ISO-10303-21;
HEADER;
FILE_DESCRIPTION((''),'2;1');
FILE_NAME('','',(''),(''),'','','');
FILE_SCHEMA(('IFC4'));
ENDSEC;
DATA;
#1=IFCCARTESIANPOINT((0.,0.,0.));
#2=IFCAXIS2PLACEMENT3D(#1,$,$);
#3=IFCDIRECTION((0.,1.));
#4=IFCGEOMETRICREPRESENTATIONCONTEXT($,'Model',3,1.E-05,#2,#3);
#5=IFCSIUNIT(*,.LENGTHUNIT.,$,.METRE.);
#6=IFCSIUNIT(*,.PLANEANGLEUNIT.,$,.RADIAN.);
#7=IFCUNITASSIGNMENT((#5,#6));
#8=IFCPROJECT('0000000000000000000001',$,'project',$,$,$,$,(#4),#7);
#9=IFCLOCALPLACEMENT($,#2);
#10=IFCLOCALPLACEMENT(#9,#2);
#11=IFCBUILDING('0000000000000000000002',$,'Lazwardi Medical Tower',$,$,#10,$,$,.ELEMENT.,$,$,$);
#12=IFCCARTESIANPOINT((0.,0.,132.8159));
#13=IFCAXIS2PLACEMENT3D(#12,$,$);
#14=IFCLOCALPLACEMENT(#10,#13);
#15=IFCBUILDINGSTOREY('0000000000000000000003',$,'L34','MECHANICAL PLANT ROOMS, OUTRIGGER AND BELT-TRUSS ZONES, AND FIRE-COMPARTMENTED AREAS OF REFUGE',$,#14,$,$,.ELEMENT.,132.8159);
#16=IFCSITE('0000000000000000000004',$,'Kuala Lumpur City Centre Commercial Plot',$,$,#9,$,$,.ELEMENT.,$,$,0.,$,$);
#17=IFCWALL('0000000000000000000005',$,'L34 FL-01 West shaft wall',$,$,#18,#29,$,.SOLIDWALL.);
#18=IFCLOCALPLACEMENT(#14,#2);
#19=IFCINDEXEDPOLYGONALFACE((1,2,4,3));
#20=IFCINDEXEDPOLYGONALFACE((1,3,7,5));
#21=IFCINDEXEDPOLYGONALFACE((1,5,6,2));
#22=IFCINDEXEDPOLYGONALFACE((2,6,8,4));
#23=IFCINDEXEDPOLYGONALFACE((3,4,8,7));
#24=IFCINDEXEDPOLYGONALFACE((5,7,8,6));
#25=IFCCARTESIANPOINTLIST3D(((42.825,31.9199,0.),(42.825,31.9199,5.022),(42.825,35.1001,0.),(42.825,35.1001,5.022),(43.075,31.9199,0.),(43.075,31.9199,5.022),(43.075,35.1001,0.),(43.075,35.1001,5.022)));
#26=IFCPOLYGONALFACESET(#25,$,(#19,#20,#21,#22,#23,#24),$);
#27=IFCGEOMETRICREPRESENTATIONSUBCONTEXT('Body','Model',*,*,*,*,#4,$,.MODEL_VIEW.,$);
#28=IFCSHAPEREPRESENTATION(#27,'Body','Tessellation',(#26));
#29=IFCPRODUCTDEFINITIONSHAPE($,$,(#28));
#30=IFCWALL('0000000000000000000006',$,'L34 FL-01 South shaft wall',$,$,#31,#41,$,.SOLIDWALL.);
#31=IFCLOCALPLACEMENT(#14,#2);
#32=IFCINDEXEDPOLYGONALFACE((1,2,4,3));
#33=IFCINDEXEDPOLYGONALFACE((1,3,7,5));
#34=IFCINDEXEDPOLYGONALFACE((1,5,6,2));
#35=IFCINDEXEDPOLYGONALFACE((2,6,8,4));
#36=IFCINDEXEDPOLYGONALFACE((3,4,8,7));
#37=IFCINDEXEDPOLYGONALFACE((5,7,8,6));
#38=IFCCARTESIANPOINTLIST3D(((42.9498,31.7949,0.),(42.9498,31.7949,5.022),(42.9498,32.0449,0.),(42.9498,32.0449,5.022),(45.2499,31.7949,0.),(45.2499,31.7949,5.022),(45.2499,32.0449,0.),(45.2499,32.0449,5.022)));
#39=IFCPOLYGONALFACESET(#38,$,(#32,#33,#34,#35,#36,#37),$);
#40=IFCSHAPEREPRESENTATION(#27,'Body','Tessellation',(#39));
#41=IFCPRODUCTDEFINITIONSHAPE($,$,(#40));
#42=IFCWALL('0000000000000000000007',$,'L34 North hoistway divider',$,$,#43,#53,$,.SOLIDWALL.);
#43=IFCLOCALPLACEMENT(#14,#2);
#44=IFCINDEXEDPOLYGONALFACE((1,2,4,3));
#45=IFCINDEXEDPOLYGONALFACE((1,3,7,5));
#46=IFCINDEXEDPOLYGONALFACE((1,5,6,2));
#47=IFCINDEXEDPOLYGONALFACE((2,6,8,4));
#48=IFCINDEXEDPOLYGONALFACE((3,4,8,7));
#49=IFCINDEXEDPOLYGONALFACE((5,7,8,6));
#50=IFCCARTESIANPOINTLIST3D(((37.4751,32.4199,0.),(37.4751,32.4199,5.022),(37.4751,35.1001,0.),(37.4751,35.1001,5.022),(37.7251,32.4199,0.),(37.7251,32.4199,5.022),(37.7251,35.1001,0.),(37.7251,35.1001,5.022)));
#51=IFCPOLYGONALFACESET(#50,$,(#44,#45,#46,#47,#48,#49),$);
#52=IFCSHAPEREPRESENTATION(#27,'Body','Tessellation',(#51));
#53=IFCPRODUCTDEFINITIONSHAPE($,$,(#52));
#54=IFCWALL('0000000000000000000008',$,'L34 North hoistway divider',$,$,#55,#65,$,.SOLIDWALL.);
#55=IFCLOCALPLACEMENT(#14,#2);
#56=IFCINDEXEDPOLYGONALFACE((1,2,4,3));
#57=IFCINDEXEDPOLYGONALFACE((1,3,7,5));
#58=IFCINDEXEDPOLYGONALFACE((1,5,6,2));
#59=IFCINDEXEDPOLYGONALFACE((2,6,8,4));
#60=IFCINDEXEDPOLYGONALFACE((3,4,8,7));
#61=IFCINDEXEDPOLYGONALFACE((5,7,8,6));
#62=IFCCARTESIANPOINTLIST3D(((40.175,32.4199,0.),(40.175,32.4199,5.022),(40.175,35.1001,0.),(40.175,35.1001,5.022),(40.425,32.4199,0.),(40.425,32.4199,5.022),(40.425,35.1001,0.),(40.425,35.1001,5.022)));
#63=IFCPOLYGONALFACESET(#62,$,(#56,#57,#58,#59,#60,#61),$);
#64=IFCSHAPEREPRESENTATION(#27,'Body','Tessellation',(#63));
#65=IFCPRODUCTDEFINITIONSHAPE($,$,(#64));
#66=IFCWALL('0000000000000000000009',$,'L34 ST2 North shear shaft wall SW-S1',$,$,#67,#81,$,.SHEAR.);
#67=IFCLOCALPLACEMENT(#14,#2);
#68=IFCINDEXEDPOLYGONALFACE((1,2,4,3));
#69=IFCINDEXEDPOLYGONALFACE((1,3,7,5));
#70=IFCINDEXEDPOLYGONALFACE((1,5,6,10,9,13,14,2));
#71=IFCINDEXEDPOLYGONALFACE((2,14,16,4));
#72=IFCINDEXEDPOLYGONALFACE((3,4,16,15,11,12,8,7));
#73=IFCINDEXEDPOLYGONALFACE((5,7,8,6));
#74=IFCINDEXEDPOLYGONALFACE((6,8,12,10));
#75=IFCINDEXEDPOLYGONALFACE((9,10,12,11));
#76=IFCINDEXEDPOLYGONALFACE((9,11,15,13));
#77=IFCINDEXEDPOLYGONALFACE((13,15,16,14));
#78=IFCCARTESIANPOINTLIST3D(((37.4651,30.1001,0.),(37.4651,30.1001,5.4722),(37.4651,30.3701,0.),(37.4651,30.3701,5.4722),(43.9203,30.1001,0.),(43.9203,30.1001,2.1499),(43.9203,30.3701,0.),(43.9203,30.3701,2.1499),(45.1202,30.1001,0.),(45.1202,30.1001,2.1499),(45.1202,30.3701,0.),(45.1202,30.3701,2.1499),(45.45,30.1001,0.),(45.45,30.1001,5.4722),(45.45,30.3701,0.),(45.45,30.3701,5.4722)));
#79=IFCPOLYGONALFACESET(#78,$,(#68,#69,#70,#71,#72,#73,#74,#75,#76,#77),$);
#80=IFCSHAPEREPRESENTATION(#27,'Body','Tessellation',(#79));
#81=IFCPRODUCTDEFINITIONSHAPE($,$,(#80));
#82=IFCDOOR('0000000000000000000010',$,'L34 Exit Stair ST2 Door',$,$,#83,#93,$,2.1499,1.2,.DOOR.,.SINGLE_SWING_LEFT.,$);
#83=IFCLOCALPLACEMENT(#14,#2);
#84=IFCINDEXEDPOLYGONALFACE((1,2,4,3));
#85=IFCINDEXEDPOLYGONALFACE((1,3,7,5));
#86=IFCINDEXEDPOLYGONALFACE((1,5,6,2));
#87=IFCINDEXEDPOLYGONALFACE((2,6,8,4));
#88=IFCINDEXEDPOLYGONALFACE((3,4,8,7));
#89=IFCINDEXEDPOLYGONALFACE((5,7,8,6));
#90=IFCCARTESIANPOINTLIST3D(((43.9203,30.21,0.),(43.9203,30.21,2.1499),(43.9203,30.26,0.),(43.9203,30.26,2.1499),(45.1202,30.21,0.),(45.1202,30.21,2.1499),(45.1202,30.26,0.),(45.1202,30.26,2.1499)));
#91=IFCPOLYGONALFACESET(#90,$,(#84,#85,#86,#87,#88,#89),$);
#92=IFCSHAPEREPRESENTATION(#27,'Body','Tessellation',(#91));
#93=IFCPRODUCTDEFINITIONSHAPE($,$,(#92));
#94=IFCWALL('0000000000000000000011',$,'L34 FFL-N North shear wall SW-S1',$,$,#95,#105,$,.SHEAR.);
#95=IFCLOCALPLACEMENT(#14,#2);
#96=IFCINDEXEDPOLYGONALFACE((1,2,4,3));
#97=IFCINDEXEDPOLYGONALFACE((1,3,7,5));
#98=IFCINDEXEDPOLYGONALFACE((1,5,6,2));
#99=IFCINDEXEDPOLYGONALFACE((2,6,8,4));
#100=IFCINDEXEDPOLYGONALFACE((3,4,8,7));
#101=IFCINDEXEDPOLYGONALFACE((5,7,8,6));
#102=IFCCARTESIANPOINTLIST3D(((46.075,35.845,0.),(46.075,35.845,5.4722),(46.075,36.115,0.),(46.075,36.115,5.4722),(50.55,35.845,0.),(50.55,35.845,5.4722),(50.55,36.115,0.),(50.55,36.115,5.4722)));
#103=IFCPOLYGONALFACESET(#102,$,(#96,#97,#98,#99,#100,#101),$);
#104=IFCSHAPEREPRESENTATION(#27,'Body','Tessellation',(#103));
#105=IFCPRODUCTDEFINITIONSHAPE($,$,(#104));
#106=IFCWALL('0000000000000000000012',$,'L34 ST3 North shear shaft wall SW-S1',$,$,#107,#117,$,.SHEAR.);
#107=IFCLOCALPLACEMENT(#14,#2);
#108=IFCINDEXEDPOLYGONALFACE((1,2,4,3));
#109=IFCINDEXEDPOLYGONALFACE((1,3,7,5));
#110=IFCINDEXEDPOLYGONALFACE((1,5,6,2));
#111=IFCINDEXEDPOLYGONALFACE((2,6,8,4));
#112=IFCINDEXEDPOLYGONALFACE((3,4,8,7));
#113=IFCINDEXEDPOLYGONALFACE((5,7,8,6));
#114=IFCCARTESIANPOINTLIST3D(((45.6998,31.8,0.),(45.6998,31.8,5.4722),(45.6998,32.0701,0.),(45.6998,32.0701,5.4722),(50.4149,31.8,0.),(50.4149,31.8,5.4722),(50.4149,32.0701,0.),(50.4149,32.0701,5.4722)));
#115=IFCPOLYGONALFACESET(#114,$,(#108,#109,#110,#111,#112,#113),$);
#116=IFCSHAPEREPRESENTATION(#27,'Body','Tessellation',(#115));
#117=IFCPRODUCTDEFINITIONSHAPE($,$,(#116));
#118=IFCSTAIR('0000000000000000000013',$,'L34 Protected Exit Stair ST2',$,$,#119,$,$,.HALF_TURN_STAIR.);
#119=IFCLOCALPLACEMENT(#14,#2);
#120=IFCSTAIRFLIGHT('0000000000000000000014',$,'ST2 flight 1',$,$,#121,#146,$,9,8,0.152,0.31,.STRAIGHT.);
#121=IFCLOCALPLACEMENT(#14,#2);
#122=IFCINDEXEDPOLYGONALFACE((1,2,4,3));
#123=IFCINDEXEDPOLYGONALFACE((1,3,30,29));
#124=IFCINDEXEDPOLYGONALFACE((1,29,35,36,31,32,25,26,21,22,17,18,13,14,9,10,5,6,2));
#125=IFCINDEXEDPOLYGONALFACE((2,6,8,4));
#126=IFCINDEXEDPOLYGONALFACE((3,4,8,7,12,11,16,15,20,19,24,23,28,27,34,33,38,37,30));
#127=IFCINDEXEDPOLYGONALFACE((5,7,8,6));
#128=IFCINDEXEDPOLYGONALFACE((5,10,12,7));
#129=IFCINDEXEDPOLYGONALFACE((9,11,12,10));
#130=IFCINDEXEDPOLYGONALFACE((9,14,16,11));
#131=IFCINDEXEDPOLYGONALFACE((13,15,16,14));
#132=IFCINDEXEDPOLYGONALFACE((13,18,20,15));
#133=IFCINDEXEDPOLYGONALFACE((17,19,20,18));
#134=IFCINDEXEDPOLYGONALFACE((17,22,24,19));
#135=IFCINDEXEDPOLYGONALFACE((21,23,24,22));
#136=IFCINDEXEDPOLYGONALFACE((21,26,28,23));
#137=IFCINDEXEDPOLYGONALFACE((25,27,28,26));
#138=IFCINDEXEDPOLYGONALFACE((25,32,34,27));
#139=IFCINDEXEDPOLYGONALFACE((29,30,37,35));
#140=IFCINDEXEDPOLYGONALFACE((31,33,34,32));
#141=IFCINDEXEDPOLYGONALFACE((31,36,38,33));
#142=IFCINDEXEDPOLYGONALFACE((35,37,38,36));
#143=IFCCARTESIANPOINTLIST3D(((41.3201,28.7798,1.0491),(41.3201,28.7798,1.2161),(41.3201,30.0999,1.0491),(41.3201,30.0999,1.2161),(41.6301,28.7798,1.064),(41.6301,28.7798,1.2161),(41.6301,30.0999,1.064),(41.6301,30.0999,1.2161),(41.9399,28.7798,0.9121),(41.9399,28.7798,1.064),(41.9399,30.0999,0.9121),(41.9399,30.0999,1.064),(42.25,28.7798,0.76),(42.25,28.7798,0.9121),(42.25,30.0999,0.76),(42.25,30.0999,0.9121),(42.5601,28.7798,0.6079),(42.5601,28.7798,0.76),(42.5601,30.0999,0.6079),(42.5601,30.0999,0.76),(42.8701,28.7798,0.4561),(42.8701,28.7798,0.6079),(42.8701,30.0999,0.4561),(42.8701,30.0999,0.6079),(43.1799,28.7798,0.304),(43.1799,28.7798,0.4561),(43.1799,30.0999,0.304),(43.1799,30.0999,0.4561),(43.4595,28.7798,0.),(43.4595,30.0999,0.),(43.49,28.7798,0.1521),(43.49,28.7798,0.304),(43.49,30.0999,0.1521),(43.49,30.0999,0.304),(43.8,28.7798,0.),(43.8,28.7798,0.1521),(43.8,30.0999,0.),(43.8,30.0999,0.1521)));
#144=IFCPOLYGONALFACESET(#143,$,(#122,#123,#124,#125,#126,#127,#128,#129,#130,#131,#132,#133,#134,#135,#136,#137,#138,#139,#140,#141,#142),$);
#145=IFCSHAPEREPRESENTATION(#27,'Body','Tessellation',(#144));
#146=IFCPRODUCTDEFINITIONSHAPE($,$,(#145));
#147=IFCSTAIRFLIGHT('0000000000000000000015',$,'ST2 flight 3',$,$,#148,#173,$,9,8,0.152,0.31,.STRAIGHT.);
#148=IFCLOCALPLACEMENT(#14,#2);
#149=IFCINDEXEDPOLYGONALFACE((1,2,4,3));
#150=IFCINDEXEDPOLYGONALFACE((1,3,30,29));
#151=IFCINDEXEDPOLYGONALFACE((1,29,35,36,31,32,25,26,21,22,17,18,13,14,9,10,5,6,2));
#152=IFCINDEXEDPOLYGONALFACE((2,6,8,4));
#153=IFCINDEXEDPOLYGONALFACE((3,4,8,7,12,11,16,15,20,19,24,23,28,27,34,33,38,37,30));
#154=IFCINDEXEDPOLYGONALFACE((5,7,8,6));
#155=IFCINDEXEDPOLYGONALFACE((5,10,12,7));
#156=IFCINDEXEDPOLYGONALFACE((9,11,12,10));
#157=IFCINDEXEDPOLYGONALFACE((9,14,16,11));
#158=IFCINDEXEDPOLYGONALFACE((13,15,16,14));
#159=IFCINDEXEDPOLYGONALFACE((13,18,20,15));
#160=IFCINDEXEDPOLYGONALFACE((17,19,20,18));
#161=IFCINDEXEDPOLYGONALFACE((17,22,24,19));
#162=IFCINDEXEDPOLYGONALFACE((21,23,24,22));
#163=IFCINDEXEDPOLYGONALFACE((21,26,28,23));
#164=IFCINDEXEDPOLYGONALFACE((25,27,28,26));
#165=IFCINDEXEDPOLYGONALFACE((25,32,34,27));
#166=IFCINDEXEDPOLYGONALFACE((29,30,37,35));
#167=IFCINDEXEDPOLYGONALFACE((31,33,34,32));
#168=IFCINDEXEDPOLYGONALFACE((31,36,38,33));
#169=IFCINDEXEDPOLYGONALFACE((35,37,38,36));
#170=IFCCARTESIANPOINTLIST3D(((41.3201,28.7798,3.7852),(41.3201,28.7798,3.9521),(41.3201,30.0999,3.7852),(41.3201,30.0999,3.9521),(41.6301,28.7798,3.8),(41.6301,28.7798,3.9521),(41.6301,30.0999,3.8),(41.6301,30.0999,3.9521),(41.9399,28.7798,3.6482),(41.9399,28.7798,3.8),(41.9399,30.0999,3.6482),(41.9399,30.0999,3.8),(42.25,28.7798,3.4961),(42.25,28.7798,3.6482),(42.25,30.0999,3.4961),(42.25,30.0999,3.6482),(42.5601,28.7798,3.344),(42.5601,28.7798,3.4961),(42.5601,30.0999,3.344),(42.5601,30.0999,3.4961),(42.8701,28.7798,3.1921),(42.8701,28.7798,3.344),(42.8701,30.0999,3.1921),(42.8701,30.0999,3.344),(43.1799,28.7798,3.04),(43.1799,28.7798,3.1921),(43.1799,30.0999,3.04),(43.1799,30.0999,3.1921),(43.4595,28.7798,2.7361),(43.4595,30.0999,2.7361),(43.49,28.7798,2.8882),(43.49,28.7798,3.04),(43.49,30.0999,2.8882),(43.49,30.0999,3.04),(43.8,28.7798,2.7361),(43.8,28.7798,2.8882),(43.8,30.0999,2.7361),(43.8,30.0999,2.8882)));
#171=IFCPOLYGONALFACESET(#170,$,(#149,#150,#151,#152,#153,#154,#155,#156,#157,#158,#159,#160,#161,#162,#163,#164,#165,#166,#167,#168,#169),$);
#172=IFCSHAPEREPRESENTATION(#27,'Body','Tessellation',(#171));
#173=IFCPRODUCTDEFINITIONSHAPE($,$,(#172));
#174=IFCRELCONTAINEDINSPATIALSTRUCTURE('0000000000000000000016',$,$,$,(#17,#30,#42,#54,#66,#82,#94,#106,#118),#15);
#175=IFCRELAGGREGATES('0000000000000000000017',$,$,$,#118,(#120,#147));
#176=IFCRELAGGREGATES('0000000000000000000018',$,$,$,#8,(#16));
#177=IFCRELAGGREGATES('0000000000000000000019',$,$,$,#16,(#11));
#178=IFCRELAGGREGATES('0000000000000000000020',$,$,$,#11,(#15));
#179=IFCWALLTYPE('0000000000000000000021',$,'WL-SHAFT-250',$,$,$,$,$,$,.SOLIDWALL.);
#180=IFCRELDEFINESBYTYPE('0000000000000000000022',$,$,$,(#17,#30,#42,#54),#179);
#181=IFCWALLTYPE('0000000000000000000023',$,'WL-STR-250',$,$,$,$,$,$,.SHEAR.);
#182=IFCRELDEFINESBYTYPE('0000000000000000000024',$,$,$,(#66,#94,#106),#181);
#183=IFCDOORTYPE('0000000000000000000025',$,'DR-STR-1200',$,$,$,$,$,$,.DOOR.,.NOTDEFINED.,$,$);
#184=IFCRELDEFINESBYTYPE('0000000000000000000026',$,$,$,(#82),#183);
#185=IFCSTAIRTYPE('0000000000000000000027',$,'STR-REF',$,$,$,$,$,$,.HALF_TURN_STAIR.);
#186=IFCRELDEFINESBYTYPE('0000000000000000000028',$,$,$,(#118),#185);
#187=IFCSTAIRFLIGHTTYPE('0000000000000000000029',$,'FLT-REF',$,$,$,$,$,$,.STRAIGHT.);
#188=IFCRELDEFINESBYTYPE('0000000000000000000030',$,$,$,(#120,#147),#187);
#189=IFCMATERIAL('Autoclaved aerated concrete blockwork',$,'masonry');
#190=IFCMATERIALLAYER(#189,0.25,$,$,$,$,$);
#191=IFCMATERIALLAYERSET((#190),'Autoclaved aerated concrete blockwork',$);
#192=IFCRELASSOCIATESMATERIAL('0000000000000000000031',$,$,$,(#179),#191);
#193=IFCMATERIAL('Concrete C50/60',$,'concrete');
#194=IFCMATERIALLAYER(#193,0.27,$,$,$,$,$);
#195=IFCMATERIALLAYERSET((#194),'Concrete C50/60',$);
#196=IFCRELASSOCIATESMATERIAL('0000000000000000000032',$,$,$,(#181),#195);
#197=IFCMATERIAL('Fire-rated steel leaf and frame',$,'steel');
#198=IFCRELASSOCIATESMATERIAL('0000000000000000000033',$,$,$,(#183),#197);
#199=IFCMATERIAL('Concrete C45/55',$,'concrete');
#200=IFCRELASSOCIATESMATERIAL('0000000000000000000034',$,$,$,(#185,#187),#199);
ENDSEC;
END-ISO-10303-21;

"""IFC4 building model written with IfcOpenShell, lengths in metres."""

from ifc_helpers import new_model, si_unit, direction, frame, frame_2d, origin, place, context, subcontext, project, spatial, polyline, rectangle, outline, extrude, material, layer, layer_set, type_object, element, fill, aggregate, save


model = new_model("IFC4")

# Units and contexts
model_context = context("Model", 3, precision=1e-05, world=origin(), true_north=direction((0.0, 1.0)))
body_context = subcontext(model_context, "Body", "Model", "MODEL_VIEW")
ifc_project = project(units=[si_unit("LENGTHUNIT", "METRE"), si_unit("PLANEANGLEUNIT", "RADIAN")], contexts=[model_context])

# Site, building, storey
site_placement = place(None, origin())
site = spatial("IfcSite", under=ifc_project, at=site_placement, Name="Kuala Lumpur City Centre Commercial Plot", CompositionType="ELEMENT", RefElevation=0.0)
building_placement = place(site_placement, origin())
building = spatial("IfcBuilding", under=site, at=building_placement, Name="Lazwardi Medical Tower", CompositionType="ELEMENT")
storey_placement = place(building_placement, frame((0.0, 0.0, 132.8159)))
storey = spatial("IfcBuildingStorey", under=building, at=storey_placement, Name="L34", Description="MECHANICAL PLANT ROOMS, OUTRIGGER AND BELT-TRUSS ZONES, AND FIRE-COMPARTMENTED AREAS OF REFUGE", CompositionType="ELEMENT", Elevation=132.8159)

# Walls
ifc_material_1 = material(Name="Autoclaved aerated concrete blockwork", Category="masonry")
ifc_layer_1 = layer(ifc_material_1, 0.25)
ifc_layer_set_1 = layer_set([ifc_layer_1], Name="Autoclaved aerated concrete blockwork")
wall_type_1 = type_object("IfcWallType", Name="WL-SHAFT-250", PredefinedType="SOLIDWALL", material=ifc_layer_set_1)
wall_1_placement = place(storey_placement, frame((42.95, 31.9199, 0.0), z_axis=(0.0, 0.0, 1.0), x_axis=(0.0, 1.0, 0.0)))
element("IfcWall", 1, at=wall_1_placement, inside=storey, type_object=wall_type_1, Name="L34 FL-01 West shaft wall", PredefinedType="SOLIDWALL", context=body_context, shape_type="SweptSolid", body=[
    extrude(rectangle(XDim=3.1802, YDim=0.25, at=frame_2d((1.5901, 0.0))), origin(), (0.0, 0.0, 1.0), 5.022),
])
wall_2_placement = place(storey_placement, frame((42.95, 31.9199, 0.0), z_axis=(0.0, 0.0, 1.0), x_axis=(1.0, 0.0, 0.0)))
element("IfcWall", 2, at=wall_2_placement, inside=storey, type_object=wall_type_1, Name="L34 FL-01 South shaft wall", PredefinedType="SOLIDWALL", context=body_context, shape_type="SweptSolid", body=[
    extrude(rectangle(XDim=2.3, YDim=0.25, at=frame_2d((1.1499, 0.0))), origin(), (0.0, 0.0, 1.0), 5.022),
])
for number, where, z_axis, x_axis, name in (
    (3, (37.6001, 32.4199, 0.0), (0.0, 0.0, 1.0), (0.0, 1.0, 0.0), "L34 North hoistway divider"),
    (4, (40.3, 32.4199, 0.0), (0.0, 0.0, 1.0), (0.0, 1.0, 0.0), "L34 North hoistway divider"),
):
    element("IfcWall", number, at=place(storey_placement, frame(where, z_axis=z_axis, x_axis=x_axis)), inside=storey, type_object=wall_type_1, Name=name, PredefinedType="SOLIDWALL", context=body_context, shape_type="SweptSolid", body=[
        extrude(rectangle(XDim=2.6802, YDim=0.25, at=frame_2d((1.3401, 0.0))), origin(), (0.0, 0.0, 1.0), 5.022),
    ])

# Wall, opening, door
ifc_material_2 = material(Name="Concrete C50/60", Category="concrete")
ifc_layer_2 = layer(ifc_material_2, 0.27)
ifc_layer_set_2 = layer_set([ifc_layer_2], Name="Concrete C50/60")
wall_type_2 = type_object("IfcWallType", Name="WL-STR-250", PredefinedType="SHEAR", material=ifc_layer_set_2)
wall_3_placement = place(storey_placement, frame((37.4651, 30.2351, 0.0), z_axis=(0.0, 0.0, 1.0), x_axis=(1.0, 0.0, 0.0)))
wall_3 = element("IfcWall", 5, at=wall_3_placement, inside=storey, type_object=wall_type_2, Name="L34 ST2 North shear shaft wall SW-S1", PredefinedType="SHEAR", context=body_context, shape_type="SweptSolid", body=[
    extrude(rectangle(XDim=7.9849, YDim=0.27, at=frame_2d((3.9924, 0.0))), origin(), (0.0, 0.0, 1.0), 5.4722),
])
opening_placement = place(wall_3_placement, frame((6.4551, 0.0, 0.0)))
opening = element("IfcOpeningElement", 6, at=opening_placement, cuts=wall_3, PredefinedType="OPENING", context=body_context, shape_type="SweptSolid", body=[
    extrude(rectangle(XDim=1.2, YDim=2.1499, at=frame_2d((0.6001, 1.075))), frame((0.0, 0.145, 0.0), z_axis=(0.0, -1.0, 0.0), x_axis=(1.0, 0.0, 0.0)), (0.0, 0.0, 1.0), 0.29),
])
ifc_material_3 = material(Name="Fire-rated steel leaf and frame", Category="steel")
door_type = type_object("IfcDoorType", Name="DR-STR-1200", OperationType="NOTDEFINED", PredefinedType="DOOR", material=ifc_material_3)
door_placement = place(opening_placement, origin())
door = element("IfcDoor", 7, at=door_placement, inside=storey, type_object=door_type, Name="L34 Exit Stair ST2 Door", OperationType="SINGLE_SWING_LEFT", OverallHeight=2.1499, OverallWidth=1.2, PredefinedType="DOOR", context=body_context, shape_type="SweptSolid", body=[
    extrude(rectangle(XDim=1.2, YDim=2.1499, at=frame_2d((0.6001, 1.075))), frame((0.0, 0.0249, 0.0), z_axis=(0.0, -1.0, 0.0), x_axis=(1.0, 0.0, 0.0)), (0.0, 0.0, 1.0), 0.05),
])
fill(opening, door)

# Walls
wall_4_placement = place(storey_placement, frame((46.075, 35.98, 0.0), z_axis=(0.0, 0.0, 1.0), x_axis=(1.0, 0.0, 0.0)))
element("IfcWall", 8, at=wall_4_placement, inside=storey, type_object=wall_type_2, Name="L34 FFL-N North shear wall SW-S1", PredefinedType="SHEAR", context=body_context, shape_type="SweptSolid", body=[
    extrude(rectangle(XDim=4.4751, YDim=0.27, at=frame_2d((2.2375, 0.0))), origin(), (0.0, 0.0, 1.0), 5.4722),
])
wall_5_placement = place(storey_placement, frame((45.7, 31.9351, 0.0), z_axis=(0.0, 0.0, 1.0), x_axis=(1.0, 0.0, 0.0)))
element("IfcWall", 9, at=wall_5_placement, inside=storey, type_object=wall_type_2, Name="L34 ST3 North shear shaft wall SW-S1", PredefinedType="SHEAR", context=body_context, shape_type="SweptSolid", body=[
    extrude(rectangle(XDim=4.7151, YDim=0.27, at=frame_2d((2.3574, 0.0))), origin(), (0.0, 0.0, 1.0), 5.4722),
])

# Stair, stair flights
ifc_material_4 = material(Name="Concrete C45/55", Category="concrete")
stair_type = type_object("IfcStairType", Name="STR-REF", PredefinedType="HALF_TURN_STAIR", material=ifc_material_4)
stair_1_placement = place(storey_placement, origin())
stair_1 = element("IfcStair", 10, at=stair_1_placement, inside=storey, type_object=stair_type, Name="L34 Protected Exit Stair ST2", PredefinedType="HALF_TURN_STAIR")
stair_flight_type = type_object("IfcStairFlightType", Name="FLT-REF", PredefinedType="STRAIGHT", material=ifc_material_4)
stair_flight_1_placement = place(storey_placement, frame((43.8, 29.4399, 0.0), z_axis=(0.0, 0.0, 1.0), x_axis=(-1.0, 0.0, 0.0)))
stair_flight_1 = element("IfcStairFlight", 11, at=stair_flight_1_placement, type_object=stair_flight_type, Name="ST2 flight 1", NumberOfRisers=9, NumberOfTreads=8, PredefinedType="STRAIGHT", RiserHeight=0.152, TreadLength=0.31, context=body_context, shape_type="SweptSolid", body=[
    extrude(outline(polyline([(0.0, 0.0), (0.0, 0.1521), (0.3101, 0.1521), (0.3101, 0.304), (0.6201, 0.304), (0.6201, 0.4561), (0.9299, 0.4561), (0.9299, 0.6079), (1.24, 0.6079), (1.24, 0.76), (1.55, 0.76), (1.55, 0.9121), (1.8601, 0.9121), (1.8601, 1.064), (2.1699, 1.064), (2.1699, 1.2161), (2.48, 1.2161), (2.48, 1.3679), (2.48, 1.0491), (0.3406, 0.0), (0.0, 0.0)])), frame((0.0, 0.6602, 0.0), z_axis=(0.0, -1.0, 0.0), x_axis=(1.0, 0.0, 0.0)), (0.0, 0.0, 1.0), 1.3201),
])
stair_flight_2_placement = place(storey_placement, frame((43.8, 29.4399, 2.7361), z_axis=(0.0, 0.0, 1.0), x_axis=(-1.0, 0.0, 0.0)))
stair_flight_2 = element("IfcStairFlight", 12, at=stair_flight_2_placement, type_object=stair_flight_type, Name="ST2 flight 3", NumberOfRisers=9, NumberOfTreads=8, PredefinedType="STRAIGHT", RiserHeight=0.152, TreadLength=0.31, context=body_context, shape_type="SweptSolid", body=[
    extrude(outline(polyline([(0.0, 0.0), (0.0, 0.1521), (0.3101, 0.1521), (0.3101, 0.304), (0.6201, 0.304), (0.6201, 0.4561), (0.9299, 0.4561), (0.9299, 0.6079), (1.24, 0.6079), (1.24, 0.76), (1.55, 0.76), (1.55, 0.9121), (1.8601, 0.9121), (1.8601, 1.064), (2.1699, 1.064), (2.1699, 1.2161), (2.48, 1.2161), (2.48, 1.3679), (2.48, 1.0491), (0.3406, 0.0), (0.0, 0.0)])), frame((0.0, 0.6602, 0.0), z_axis=(0.0, -1.0, 0.0), x_axis=(1.0, 0.0, 0.0)), (0.0, 0.0, 1.0), 1.3201),
])
aggregate(stair_1, [stair_flight_1, stair_flight_2])

save(model, "model.ifc")
